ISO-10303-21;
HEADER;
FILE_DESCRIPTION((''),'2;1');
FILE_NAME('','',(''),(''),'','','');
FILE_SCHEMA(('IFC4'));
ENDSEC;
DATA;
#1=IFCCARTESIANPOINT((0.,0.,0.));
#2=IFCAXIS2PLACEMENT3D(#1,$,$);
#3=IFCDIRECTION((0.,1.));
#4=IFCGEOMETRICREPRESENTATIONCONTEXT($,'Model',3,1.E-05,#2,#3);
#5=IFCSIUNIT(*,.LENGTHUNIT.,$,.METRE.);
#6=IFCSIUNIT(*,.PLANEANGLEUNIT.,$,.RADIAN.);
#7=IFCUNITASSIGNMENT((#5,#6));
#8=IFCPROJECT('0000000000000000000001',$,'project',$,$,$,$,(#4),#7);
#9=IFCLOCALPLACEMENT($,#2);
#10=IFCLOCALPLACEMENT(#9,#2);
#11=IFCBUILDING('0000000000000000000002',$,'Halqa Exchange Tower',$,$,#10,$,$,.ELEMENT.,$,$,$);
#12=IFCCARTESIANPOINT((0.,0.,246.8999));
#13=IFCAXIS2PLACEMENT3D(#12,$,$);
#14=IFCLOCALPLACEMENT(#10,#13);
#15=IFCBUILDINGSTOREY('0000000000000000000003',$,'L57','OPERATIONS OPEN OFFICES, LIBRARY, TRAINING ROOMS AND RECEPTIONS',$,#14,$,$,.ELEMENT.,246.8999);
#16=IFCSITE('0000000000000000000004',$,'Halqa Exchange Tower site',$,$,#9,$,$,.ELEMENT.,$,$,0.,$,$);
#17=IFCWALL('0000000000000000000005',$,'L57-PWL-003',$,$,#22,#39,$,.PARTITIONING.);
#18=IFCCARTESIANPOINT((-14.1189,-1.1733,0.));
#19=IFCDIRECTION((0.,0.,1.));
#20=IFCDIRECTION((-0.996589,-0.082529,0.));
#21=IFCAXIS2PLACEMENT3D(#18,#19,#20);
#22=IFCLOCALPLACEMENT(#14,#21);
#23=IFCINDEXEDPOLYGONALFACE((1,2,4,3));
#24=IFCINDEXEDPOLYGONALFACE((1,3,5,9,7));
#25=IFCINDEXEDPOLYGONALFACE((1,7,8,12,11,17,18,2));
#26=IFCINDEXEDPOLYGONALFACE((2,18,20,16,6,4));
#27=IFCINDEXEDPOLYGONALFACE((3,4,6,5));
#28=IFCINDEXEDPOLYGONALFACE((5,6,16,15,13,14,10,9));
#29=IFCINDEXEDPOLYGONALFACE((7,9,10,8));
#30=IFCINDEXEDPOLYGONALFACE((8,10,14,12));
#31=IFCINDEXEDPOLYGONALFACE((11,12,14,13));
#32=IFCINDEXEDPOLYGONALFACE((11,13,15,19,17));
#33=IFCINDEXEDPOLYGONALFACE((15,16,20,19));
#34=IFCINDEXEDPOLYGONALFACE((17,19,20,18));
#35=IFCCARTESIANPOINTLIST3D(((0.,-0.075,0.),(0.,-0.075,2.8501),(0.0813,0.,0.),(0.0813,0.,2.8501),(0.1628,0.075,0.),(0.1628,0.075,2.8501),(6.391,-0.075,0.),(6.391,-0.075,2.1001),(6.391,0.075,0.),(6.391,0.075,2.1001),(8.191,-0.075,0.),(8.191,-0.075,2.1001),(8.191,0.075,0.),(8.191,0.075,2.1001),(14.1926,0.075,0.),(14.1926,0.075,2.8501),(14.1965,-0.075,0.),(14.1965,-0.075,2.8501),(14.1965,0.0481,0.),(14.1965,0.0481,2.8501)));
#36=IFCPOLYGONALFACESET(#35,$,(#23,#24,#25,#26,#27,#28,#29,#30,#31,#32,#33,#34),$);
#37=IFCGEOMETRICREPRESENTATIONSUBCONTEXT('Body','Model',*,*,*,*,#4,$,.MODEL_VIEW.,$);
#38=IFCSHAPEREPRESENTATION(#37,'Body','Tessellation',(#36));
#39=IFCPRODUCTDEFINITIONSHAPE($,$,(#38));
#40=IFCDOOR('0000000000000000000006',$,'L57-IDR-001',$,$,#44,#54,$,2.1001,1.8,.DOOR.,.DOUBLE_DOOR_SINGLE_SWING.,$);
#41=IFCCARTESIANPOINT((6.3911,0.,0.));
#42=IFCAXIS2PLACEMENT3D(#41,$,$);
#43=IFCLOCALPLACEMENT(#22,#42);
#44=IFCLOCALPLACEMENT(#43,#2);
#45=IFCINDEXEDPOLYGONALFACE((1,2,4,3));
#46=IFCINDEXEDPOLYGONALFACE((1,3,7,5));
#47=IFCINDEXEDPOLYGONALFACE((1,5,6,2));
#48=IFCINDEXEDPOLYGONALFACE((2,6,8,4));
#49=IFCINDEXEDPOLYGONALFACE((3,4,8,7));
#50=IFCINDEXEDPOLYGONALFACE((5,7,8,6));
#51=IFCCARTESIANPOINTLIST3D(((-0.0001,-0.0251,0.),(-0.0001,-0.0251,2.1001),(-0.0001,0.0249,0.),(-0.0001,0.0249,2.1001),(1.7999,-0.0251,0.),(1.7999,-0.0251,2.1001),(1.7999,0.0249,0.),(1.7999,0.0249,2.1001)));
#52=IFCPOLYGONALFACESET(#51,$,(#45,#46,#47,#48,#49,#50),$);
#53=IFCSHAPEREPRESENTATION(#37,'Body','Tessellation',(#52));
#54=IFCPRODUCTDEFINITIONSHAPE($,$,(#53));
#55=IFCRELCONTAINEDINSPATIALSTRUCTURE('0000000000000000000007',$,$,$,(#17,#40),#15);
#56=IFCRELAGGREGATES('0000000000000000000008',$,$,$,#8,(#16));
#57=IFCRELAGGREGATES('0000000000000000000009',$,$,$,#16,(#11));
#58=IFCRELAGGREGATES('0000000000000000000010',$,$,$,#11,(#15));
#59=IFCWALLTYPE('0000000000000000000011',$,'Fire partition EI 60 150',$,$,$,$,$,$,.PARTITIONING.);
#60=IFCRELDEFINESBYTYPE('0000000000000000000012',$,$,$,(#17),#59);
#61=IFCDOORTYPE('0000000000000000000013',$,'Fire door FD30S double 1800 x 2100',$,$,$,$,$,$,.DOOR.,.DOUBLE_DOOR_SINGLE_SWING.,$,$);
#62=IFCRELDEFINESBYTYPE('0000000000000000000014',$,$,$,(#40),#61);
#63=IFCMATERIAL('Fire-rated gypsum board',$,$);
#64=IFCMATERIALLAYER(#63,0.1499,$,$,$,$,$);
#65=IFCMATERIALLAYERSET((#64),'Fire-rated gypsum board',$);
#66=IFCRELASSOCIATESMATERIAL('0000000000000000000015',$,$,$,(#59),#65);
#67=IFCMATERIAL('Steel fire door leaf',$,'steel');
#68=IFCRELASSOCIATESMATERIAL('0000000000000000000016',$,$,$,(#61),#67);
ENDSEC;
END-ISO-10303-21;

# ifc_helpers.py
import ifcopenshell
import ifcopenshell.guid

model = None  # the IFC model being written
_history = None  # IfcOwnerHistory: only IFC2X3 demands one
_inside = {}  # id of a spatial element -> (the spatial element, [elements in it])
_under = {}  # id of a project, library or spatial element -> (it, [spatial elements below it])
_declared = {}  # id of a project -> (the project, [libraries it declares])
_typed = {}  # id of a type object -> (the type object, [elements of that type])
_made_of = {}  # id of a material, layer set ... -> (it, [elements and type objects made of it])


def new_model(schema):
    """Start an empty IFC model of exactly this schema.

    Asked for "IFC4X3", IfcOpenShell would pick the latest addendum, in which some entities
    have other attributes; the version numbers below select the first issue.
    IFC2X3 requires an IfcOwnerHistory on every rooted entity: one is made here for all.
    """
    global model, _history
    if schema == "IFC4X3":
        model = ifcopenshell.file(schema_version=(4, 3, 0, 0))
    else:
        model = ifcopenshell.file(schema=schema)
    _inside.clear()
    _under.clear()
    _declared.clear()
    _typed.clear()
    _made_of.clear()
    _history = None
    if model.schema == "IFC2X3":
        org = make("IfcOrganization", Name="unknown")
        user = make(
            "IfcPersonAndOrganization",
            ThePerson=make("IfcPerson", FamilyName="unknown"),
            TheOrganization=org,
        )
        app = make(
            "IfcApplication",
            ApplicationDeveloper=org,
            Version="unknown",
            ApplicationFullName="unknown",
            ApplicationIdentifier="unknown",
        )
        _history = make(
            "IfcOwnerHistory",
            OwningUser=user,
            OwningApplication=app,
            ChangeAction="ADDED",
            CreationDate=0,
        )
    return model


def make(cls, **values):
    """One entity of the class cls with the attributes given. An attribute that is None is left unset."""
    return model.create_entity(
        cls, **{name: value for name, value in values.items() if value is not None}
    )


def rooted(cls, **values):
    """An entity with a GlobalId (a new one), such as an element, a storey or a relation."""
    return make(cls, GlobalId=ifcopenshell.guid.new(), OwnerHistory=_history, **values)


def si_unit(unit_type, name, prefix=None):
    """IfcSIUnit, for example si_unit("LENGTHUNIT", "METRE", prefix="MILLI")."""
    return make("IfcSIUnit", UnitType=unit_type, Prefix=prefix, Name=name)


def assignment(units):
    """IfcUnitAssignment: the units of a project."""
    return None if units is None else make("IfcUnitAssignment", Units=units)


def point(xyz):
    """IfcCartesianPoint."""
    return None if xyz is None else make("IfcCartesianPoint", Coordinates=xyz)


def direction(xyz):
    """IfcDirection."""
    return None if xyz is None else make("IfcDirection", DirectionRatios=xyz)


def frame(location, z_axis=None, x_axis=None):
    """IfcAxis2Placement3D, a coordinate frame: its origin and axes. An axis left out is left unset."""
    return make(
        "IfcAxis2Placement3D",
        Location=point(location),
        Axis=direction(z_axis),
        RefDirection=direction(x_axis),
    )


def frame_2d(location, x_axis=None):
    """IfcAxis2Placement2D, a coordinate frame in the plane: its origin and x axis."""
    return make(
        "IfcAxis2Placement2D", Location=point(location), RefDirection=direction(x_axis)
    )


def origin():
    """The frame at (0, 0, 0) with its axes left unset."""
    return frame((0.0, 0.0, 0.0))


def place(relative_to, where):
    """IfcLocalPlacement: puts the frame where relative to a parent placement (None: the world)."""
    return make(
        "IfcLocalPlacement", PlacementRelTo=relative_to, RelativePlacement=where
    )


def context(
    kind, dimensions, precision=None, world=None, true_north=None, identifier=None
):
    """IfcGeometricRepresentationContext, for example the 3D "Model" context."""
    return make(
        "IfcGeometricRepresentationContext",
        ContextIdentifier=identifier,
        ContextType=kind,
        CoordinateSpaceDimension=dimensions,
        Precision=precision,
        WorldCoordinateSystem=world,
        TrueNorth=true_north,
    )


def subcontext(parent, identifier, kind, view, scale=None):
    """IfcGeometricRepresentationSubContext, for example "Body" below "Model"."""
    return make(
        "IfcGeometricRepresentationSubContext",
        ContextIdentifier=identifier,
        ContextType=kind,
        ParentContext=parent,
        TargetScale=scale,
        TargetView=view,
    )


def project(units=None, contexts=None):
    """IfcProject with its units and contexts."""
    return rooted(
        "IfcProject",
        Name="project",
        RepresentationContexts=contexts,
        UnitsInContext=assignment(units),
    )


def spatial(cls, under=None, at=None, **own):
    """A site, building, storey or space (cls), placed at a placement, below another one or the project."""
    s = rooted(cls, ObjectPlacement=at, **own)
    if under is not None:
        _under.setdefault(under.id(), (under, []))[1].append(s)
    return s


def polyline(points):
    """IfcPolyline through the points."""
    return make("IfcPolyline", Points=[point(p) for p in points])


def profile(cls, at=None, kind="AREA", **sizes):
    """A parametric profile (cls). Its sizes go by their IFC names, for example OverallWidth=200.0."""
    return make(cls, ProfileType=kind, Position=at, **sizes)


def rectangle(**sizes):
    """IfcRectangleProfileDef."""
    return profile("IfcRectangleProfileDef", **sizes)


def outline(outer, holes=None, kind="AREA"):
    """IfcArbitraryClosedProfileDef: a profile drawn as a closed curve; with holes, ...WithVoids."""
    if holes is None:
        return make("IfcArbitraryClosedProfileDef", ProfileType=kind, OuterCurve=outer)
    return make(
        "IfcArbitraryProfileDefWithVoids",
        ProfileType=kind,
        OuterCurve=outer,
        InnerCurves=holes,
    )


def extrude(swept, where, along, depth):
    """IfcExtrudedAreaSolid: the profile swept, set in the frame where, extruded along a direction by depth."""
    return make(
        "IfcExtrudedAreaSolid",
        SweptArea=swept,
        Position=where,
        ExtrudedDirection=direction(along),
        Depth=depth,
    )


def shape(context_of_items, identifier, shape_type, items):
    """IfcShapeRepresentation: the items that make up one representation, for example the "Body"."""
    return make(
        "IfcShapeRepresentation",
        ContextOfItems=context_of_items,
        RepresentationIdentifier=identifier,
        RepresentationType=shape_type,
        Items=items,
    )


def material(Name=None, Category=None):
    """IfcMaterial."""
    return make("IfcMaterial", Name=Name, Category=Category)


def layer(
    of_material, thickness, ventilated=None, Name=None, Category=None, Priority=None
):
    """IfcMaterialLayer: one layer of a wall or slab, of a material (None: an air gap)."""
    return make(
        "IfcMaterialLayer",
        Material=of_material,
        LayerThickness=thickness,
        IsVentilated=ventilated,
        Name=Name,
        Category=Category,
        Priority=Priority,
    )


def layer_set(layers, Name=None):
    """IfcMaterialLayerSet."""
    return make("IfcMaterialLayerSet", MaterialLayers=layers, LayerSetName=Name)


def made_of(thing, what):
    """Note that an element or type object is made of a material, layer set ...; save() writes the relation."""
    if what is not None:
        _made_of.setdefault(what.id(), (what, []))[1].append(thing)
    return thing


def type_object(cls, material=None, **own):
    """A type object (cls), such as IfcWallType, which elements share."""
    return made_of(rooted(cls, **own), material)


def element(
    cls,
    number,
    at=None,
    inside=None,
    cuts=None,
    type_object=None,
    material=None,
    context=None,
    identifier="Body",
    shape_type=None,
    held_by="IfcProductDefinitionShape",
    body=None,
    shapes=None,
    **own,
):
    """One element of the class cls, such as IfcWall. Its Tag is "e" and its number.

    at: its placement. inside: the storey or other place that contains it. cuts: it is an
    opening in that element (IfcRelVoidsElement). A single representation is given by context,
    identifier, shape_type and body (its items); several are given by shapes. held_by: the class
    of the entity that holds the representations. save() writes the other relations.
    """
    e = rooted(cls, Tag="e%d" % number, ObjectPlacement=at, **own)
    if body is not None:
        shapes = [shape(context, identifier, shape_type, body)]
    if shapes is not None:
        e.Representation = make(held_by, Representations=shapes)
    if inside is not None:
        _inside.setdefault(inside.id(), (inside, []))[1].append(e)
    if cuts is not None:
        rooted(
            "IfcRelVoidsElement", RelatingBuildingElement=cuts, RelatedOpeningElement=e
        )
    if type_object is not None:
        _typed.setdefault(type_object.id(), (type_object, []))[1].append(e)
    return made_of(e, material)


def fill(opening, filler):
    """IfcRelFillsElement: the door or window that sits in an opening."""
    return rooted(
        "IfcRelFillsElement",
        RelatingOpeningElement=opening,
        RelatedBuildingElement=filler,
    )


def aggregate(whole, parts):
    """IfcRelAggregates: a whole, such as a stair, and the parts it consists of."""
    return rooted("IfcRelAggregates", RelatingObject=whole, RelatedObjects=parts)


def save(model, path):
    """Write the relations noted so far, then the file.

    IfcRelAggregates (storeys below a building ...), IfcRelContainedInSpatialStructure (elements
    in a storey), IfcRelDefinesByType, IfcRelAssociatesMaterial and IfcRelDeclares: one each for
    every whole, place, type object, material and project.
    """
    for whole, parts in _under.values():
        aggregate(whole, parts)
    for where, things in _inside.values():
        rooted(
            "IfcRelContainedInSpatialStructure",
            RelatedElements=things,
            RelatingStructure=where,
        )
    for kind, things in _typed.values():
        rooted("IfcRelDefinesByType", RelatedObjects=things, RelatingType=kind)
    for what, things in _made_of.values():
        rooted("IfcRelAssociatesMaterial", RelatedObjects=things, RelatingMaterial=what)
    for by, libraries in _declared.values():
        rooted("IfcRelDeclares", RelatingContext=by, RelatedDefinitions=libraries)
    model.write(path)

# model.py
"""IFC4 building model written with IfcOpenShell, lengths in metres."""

from ifc_helpers import new_model, si_unit, direction, frame, frame_2d, origin, place, context, subcontext, project, spatial, polyline, rectangle, outline, extrude, material, layer, layer_set, type_object, element, fill, save


model = new_model("IFC4")

# Units and contexts
model_context = context("Model", 3, precision=1e-05, world=origin(), true_north=direction((0.0, 1.0)))
body_context = subcontext(model_context, "Body", "Model", "MODEL_VIEW")
ifc_project = project(units=[si_unit("LENGTHUNIT", "METRE"), si_unit("PLANEANGLEUNIT", "RADIAN")], contexts=[model_context])

# Site, building, storey
site_placement = place(None, origin())
site = spatial("IfcSite", under=ifc_project, at=site_placement, Name="Halqa Exchange Tower site", CompositionType="ELEMENT", RefElevation=0.0)
building_placement = place(site_placement, origin())
building = spatial("IfcBuilding", under=site, at=building_placement, Name="Halqa Exchange Tower", CompositionType="ELEMENT")
storey_placement = place(building_placement, frame((0.0, 0.0, 246.8999)))
storey = spatial("IfcBuildingStorey", under=building, at=storey_placement, Name="L57", Description="OPERATIONS OPEN OFFICES, LIBRARY, TRAINING ROOMS AND RECEPTIONS", CompositionType="ELEMENT", Elevation=246.8999)

# Wall, opening, door
ifc_material_1 = material(Name="Fire-rated gypsum board")
ifc_layer_1 = layer(ifc_material_1, 0.1499)
ifc_layer_set_1 = layer_set([ifc_layer_1], Name="Fire-rated gypsum board")
wall_type_1 = type_object("IfcWallType", Name="Fire partition EI 60 150", PredefinedType="PARTITIONING", material=ifc_layer_set_1)
wall_1_placement = place(storey_placement, frame((-14.1189, -1.1733, 0.0), z_axis=(0.0, 0.0, 1.0), x_axis=(-0.996589, -0.082529, 0.0)))
wall_1 = element("IfcWall", 1, at=wall_1_placement, inside=storey, type_object=wall_type_1, Name="L57-PWL-003", PredefinedType="PARTITIONING", context=body_context, shape_type="SweptSolid", body=[
    extrude(outline(polyline([(14.1965, -0.075), (14.1965, 0.0481), (14.1926, 0.075), (12.4387, 0.075), (10.6851, 0.075), (8.9314, 0.075), (7.1777, 0.075), (5.4241, 0.075), (3.6702, 0.075), (1.9165, 0.075), (0.1628, 0.075), (0.0813, 0.0), (0.0, -0.075), (1.7747, -0.075), (3.5491, -0.075), (5.3237, -0.075), (7.0984, -0.075), (8.8728, -0.075), (10.6475, -0.075), (12.4219, -0.075), (14.1965, -0.075)])), origin(), (0.0, 0.0, 1.0), 2.8501),
])
opening_1_placement = place(wall_1_placement, frame((6.3911, 0.0, 0.0)))
opening_1 = element("IfcOpeningElement", 2, at=opening_1_placement, cuts=wall_1, PredefinedType="OPENING", context=body_context, shape_type="SweptSolid", body=[
    extrude(rectangle(XDim=1.8, YDim=2.1001, at=frame_2d((0.8999, 1.05))), frame((0.0, 0.0869, 0.0), z_axis=(0.0, -1.0, 0.0), x_axis=(1.0, 0.0, 0.0)), (0.0, 0.0, 1.0), 0.1738),
])
ifc_material_2 = material(Name="Steel fire door leaf", Category="steel")
door_type_1 = type_object("IfcDoorType", Name="Fire door FD30S double 1800 x 2100", OperationType="DOUBLE_DOOR_SINGLE_SWING", PredefinedType="DOOR", material=ifc_material_2)
door_1_placement = place(opening_1_placement, origin())
door_1 = element("IfcDoor", 3, at=door_1_placement, inside=storey, type_object=door_type_1, Name="L57-IDR-001", OperationType="DOUBLE_DOOR_SINGLE_SWING", OverallHeight=2.1001, OverallWidth=1.8, PredefinedType="DOOR", context=body_context, shape_type="SweptSolid", body=[
    extrude(rectangle(XDim=1.8, YDim=2.1001, at=frame_2d((0.8999, 1.05))), frame((0.0, 0.0249, 0.0), z_axis=(0.0, -1.0, 0.0), x_axis=(1.0, 0.0, 0.0)), (0.0, 0.0, 1.0), 0.05),
])
fill(opening_1, door_1)

save(model, "model.ifc")
